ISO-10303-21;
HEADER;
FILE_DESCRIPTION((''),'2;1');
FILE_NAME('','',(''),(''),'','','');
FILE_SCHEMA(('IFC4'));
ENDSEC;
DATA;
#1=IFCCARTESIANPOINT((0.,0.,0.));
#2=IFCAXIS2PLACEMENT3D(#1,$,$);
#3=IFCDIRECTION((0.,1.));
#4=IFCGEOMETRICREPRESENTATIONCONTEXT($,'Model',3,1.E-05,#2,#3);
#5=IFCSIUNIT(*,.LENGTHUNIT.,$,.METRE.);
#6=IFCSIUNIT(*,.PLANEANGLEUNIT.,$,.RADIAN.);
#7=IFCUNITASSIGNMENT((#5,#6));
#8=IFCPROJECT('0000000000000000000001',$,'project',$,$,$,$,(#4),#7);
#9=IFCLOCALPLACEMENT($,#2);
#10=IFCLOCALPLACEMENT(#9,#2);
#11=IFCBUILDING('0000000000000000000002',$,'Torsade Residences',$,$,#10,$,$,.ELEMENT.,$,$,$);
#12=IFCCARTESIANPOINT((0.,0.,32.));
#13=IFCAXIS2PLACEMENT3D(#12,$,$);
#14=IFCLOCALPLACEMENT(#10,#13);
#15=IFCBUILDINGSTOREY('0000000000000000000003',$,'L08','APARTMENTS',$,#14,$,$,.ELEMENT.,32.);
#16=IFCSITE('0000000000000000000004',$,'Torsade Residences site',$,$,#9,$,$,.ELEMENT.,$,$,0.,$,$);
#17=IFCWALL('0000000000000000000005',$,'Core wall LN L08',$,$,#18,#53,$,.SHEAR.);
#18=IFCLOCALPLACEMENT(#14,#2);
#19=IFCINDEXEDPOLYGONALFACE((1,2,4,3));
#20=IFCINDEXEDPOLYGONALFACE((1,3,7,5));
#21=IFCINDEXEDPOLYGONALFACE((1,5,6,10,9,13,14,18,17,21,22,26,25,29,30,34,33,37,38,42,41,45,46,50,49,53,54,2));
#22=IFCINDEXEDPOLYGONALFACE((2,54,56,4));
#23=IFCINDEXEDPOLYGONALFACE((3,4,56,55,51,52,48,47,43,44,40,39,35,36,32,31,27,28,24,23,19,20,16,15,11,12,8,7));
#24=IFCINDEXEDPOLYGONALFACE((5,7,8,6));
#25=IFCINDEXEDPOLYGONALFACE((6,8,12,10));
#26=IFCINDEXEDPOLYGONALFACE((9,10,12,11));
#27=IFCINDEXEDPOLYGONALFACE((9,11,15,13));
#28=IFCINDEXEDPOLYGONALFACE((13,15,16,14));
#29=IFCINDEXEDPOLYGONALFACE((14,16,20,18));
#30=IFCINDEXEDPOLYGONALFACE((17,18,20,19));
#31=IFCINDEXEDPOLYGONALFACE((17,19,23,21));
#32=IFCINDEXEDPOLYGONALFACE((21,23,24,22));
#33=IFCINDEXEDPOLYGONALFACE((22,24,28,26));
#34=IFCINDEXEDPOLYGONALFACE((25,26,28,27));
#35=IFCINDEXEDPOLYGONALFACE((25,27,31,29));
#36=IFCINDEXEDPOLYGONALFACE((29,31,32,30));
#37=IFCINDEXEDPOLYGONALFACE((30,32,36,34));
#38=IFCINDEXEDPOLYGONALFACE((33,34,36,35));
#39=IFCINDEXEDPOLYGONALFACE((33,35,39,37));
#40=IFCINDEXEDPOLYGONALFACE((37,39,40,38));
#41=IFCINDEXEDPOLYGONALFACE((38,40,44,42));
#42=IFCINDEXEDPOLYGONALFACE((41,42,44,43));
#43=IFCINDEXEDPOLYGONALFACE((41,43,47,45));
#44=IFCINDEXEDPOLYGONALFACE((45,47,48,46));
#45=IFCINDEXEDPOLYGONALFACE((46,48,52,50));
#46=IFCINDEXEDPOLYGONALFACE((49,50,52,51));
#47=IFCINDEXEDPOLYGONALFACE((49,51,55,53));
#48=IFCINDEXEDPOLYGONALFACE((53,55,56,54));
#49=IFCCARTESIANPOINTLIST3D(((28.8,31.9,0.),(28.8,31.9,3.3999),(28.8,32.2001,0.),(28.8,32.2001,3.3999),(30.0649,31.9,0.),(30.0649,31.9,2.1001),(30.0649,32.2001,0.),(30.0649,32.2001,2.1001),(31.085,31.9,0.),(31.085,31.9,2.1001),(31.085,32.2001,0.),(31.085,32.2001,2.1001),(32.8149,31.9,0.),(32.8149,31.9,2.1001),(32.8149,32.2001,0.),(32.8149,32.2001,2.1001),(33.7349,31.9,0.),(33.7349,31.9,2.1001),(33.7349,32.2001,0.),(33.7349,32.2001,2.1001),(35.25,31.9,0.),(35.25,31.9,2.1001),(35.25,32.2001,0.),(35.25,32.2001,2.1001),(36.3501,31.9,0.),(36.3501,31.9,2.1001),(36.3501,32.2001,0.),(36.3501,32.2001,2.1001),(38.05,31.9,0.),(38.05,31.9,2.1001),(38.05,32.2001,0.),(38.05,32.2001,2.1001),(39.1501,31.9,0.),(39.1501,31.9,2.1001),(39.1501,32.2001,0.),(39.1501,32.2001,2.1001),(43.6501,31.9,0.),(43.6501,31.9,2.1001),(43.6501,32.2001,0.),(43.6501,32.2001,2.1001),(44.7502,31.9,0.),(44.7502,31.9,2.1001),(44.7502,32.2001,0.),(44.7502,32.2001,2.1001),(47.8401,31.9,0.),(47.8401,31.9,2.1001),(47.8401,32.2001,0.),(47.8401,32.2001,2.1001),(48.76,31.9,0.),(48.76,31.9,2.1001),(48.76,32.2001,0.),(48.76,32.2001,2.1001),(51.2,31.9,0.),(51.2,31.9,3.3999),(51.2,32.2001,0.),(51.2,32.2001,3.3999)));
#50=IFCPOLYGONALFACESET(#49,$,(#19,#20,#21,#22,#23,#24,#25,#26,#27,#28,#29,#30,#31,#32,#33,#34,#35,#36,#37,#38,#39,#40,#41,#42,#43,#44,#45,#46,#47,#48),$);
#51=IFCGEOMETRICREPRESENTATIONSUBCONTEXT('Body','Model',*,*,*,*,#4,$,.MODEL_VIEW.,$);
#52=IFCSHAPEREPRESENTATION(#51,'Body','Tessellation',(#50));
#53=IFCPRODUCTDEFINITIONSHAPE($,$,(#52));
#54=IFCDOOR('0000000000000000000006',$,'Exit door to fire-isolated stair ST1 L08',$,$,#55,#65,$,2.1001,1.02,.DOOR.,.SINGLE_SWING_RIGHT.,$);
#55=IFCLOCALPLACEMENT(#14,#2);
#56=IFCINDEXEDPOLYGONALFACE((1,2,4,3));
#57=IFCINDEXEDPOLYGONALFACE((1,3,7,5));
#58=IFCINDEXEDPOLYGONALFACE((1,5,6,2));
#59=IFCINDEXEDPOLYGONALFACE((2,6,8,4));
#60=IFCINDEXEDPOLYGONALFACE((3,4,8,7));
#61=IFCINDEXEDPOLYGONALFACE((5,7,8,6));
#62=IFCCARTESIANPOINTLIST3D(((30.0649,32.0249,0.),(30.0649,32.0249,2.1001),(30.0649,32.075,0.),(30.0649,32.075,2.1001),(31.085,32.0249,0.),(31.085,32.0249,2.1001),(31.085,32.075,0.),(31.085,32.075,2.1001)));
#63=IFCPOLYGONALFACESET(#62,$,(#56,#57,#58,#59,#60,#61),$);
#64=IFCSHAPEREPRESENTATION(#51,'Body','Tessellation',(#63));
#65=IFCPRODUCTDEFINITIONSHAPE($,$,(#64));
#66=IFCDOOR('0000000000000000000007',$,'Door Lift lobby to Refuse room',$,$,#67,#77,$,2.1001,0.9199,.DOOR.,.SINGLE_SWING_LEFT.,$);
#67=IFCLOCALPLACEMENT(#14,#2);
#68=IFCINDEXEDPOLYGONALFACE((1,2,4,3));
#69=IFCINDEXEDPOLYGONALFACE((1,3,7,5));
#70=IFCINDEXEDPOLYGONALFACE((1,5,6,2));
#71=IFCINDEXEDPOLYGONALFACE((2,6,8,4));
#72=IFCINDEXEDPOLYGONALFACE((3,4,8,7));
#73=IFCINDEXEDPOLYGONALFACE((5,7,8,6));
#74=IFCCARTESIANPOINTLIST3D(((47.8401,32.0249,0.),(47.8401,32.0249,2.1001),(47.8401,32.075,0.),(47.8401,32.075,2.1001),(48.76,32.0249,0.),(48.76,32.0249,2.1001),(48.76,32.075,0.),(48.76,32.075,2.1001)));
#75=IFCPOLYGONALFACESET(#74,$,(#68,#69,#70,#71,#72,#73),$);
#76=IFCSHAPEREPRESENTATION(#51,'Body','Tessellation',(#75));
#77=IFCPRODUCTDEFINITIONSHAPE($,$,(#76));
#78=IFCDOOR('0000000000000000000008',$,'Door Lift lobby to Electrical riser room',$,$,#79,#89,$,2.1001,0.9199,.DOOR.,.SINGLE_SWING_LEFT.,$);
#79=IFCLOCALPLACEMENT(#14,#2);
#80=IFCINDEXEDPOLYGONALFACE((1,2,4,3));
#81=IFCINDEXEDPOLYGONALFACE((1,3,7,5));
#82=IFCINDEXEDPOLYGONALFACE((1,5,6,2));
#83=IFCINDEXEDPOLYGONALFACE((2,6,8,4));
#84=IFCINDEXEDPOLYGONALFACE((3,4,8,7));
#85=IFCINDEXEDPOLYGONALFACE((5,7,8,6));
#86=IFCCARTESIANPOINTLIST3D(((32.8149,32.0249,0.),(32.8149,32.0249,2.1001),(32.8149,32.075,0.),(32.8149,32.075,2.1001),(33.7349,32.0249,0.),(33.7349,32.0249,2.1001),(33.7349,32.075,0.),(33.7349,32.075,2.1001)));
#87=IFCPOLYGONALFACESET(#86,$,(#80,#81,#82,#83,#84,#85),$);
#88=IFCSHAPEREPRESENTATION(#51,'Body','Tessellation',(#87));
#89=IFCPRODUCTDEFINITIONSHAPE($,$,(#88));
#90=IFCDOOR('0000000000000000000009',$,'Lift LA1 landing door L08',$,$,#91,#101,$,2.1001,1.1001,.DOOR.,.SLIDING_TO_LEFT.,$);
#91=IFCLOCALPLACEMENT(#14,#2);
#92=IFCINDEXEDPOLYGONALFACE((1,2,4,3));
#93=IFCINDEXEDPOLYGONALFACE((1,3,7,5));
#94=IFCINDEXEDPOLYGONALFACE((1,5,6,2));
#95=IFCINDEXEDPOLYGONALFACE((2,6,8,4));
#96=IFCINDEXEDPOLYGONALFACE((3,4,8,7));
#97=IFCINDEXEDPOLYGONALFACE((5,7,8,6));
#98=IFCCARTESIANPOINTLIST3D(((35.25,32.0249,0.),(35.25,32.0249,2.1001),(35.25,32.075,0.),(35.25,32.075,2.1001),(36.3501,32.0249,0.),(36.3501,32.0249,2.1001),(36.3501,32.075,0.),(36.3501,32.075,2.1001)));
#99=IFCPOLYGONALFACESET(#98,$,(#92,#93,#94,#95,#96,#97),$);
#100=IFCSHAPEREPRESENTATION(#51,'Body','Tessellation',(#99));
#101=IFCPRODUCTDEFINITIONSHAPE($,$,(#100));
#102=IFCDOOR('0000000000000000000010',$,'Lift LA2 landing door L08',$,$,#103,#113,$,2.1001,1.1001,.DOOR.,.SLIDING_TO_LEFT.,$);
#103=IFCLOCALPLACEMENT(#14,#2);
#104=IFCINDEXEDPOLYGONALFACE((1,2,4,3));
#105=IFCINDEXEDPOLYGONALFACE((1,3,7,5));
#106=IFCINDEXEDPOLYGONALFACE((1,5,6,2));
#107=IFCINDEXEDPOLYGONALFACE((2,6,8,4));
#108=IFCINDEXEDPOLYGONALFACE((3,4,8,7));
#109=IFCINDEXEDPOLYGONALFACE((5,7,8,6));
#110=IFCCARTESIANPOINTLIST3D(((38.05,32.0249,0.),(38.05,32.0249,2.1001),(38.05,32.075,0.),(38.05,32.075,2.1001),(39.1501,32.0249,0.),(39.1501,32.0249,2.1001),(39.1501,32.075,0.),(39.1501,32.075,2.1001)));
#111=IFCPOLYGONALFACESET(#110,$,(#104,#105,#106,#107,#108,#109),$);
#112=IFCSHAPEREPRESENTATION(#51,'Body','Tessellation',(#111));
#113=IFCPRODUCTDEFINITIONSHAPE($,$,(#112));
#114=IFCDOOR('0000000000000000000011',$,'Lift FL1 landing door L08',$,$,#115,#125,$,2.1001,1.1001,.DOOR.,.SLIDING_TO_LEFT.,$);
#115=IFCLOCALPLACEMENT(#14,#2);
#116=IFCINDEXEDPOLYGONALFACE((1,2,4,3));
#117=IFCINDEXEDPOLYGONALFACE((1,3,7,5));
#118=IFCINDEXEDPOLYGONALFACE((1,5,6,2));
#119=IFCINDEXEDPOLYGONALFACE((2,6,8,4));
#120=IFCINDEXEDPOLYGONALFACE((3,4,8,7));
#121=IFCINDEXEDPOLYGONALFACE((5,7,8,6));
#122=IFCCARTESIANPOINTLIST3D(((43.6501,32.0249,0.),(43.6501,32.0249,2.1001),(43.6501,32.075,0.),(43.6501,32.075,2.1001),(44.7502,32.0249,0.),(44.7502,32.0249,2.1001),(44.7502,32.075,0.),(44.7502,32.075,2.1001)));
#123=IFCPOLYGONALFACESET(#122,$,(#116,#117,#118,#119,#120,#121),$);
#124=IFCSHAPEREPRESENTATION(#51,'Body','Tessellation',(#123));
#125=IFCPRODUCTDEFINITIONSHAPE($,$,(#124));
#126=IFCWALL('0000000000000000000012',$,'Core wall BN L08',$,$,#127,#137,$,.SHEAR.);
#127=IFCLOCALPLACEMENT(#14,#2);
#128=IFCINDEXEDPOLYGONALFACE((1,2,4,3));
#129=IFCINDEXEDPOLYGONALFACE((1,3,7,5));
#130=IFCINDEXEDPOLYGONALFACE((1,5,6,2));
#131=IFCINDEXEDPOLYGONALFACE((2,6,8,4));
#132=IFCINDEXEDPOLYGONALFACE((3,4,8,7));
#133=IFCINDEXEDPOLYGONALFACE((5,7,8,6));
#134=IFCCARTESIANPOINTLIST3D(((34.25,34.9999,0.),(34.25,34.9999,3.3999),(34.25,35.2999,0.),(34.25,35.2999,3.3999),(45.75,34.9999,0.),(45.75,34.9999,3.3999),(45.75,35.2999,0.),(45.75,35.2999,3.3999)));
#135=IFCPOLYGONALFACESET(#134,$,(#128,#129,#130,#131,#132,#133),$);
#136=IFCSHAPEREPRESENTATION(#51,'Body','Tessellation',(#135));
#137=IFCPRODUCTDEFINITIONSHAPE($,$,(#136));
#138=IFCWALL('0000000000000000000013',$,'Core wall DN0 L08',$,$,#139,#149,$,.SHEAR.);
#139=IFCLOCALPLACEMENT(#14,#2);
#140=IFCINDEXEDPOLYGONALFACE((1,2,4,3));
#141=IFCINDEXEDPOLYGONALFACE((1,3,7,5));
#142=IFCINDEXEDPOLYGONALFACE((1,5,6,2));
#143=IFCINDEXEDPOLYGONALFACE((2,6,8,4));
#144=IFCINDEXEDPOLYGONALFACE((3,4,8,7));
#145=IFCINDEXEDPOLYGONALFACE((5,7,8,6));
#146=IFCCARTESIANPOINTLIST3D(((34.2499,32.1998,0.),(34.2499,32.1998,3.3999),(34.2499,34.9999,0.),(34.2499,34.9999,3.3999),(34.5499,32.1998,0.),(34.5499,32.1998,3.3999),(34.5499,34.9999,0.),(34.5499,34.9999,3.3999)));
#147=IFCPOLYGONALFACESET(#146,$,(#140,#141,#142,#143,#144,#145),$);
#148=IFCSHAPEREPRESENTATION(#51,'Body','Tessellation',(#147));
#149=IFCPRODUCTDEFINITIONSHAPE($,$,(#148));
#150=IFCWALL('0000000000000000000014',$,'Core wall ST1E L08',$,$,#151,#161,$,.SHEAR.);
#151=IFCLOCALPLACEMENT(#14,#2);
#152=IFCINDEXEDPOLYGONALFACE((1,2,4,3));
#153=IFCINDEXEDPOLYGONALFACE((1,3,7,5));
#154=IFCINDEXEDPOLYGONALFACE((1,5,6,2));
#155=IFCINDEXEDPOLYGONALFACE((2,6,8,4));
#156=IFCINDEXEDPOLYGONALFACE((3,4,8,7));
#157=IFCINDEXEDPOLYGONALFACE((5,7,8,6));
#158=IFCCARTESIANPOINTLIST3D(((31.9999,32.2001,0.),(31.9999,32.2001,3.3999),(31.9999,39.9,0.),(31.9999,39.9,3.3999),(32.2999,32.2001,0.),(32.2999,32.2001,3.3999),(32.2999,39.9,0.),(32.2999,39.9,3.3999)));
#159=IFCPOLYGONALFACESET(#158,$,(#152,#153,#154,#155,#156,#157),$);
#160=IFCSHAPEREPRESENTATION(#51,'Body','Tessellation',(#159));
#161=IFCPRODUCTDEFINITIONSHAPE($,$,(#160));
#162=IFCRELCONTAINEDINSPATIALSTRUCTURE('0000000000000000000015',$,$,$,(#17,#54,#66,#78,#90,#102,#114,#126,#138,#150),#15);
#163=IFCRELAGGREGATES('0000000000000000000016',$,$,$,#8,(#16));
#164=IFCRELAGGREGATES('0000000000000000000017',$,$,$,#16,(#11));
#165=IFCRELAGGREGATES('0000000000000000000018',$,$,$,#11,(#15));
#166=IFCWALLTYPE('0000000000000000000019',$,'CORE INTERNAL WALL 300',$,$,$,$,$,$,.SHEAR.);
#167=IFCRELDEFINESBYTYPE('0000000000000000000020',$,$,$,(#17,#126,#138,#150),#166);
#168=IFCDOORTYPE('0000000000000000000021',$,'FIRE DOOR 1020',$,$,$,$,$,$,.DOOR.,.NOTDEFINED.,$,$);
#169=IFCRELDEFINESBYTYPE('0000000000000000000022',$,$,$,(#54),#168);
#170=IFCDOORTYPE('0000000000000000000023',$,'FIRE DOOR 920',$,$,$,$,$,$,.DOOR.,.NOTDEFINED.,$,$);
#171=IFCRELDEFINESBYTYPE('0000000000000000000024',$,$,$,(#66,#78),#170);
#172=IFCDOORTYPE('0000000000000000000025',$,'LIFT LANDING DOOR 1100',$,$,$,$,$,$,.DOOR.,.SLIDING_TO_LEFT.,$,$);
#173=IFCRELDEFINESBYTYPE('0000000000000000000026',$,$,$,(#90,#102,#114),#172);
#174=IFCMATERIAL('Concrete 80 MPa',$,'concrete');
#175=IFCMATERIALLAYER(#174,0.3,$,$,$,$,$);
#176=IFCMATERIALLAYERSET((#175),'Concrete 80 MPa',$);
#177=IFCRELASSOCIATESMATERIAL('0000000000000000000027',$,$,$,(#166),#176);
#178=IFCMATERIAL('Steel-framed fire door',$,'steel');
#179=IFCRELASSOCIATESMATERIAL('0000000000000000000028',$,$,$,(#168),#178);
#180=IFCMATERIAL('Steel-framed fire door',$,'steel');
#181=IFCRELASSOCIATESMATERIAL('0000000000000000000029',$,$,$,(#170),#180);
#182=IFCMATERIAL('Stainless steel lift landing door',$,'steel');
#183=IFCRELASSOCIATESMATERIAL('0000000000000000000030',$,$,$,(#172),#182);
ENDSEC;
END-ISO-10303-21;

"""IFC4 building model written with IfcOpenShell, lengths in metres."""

from ifc_helpers import new_model, si_unit, direction, frame, frame_2d, origin, place, context, subcontext, project, spatial, rectangle, extrude, material, layer, layer_set, type_object, element, fill, save


model = new_model("IFC4")

# Units and contexts
model_context = context("Model", 3, precision=1e-05, world=origin(), true_north=direction((0.0, 1.0)))
body_context = subcontext(model_context, "Body", "Model", "MODEL_VIEW")
ifc_project = project(units=[si_unit("LENGTHUNIT", "METRE"), si_unit("PLANEANGLEUNIT", "RADIAN")], contexts=[model_context])

# Site, building, storey
site_placement = place(None, origin())
site = spatial("IfcSite", under=ifc_project, at=site_placement, Name="Torsade Residences site", CompositionType="ELEMENT", RefElevation=0.0)
building_placement = place(site_placement, origin())
building = spatial("IfcBuilding", under=site, at=building_placement, Name="Torsade Residences", CompositionType="ELEMENT")
storey_placement = place(building_placement, frame((0.0, 0.0, 32.0)))
storey = spatial("IfcBuildingStorey", under=building, at=storey_placement, Name="L08", Description="APARTMENTS", CompositionType="ELEMENT", Elevation=32.0)

# Wall, openings, doors
ifc_material_1 = material(Name="Concrete 80 MPa", Category="concrete")
ifc_layer_1 = layer(ifc_material_1, 0.3)
ifc_layer_set_1 = layer_set([ifc_layer_1], Name="Concrete 80 MPa")
wall_type_1 = type_object("IfcWallType", Name="CORE INTERNAL WALL 300", PredefinedType="SHEAR", material=ifc_layer_set_1)
wall_1_placement = place(storey_placement, frame((28.8, 32.05, 0.0), z_axis=(0.0, 0.0, 1.0), x_axis=(1.0, 0.0, 0.0)))
wall_1 = element("IfcWall", 1, at=wall_1_placement, inside=storey, type_object=wall_type_1, Name="Core wall LN L08", PredefinedType="SHEAR", context=body_context, shape_type="SweptSolid", body=[
    extrude(rectangle(XDim=22.3999, YDim=0.3, at=frame_2d((11.2, 0.0))), origin(), (0.0, 0.0, 1.0), 3.3999),
])
opening_1_placement = place(wall_1_placement, frame((19.04, 0.0, 0.0)))
opening_1 = element("IfcOpeningElement", 2, at=opening_1_placement, cuts=wall_1, PredefinedType="OPENING", context=body_context, shape_type="SweptSolid", body=[
    extrude(rectangle(XDim=0.9199, YDim=2.1001, at=frame_2d((0.46, 1.05))), frame((0.0, 0.1599, 0.0), z_axis=(0.0, -1.0, 0.0), x_axis=(1.0, 0.0, 0.0)), (0.0, 0.0, 1.0), 0.3201),
])
opening_2_placement = place(wall_1_placement, frame((1.2649, 0.0, 0.0)))
opening_2 = element("IfcOpeningElement", 3, at=opening_2_placement, cuts=wall_1, PredefinedType="OPENING", context=body_context, shape_type="SweptSolid", body=[
    extrude(rectangle(XDim=1.02, YDim=2.1001, at=frame_2d((0.51, 1.05))), frame((0.0, 0.1599, 0.0), z_axis=(0.0, -1.0, 0.0), x_axis=(1.0, 0.0, 0.0)), (0.0, 0.0, 1.0), 0.3201),
])
opening_3_placement = place(wall_1_placement, frame((4.0149, 0.0, 0.0)))
opening_3 = element("IfcOpeningElement", 4, at=opening_3_placement, cuts=wall_1, PredefinedType="OPENING", context=body_context, shape_type="SweptSolid", body=[
    extrude(rectangle(XDim=0.9199, YDim=2.1001, at=frame_2d((0.46, 1.05))), frame((0.0, 0.1599, 0.0), z_axis=(0.0, -1.0, 0.0), x_axis=(1.0, 0.0, 0.0)), (0.0, 0.0, 1.0), 0.3201),
])
opening_4_placement = place(wall_1_placement, frame((6.45, 0.0, 0.0)))
opening_4 = element("IfcOpeningElement", 5, at=opening_4_placement, cuts=wall_1, PredefinedType="OPENING", context=body_context, shape_type="SweptSolid", body=[
    extrude(rectangle(XDim=1.1001, YDim=2.1001, at=frame_2d((0.55, 1.05))), frame((0.0, 0.1599, 0.0), z_axis=(0.0, -1.0, 0.0), x_axis=(1.0, 0.0, 0.0)), (0.0, 0.0, 1.0), 0.3201),
])
opening_5_placement = place(wall_1_placement, frame((9.25, 0.0, 0.0)))
opening_5 = element("IfcOpeningElement", 6, at=opening_5_placement, cuts=wall_1, PredefinedType="OPENING", context=body_context, shape_type="SweptSolid", body=[
    extrude(rectangle(XDim=1.1001, YDim=2.1001, at=frame_2d((0.55, 1.05))), frame((0.0, 0.1599, 0.0), z_axis=(0.0, -1.0, 0.0), x_axis=(1.0, 0.0, 0.0)), (0.0, 0.0, 1.0), 0.3201),
])
opening_6_placement = place(wall_1_placement, frame((14.8501, 0.0, 0.0)))
opening_6 = element("IfcOpeningElement", 7, at=opening_6_placement, cuts=wall_1, PredefinedType="OPENING", context=body_context, shape_type="SweptSolid", body=[
    extrude(rectangle(XDim=1.1001, YDim=2.1001, at=frame_2d((0.55, 1.05))), frame((0.0, 0.1599, 0.0), z_axis=(0.0, -1.0, 0.0), x_axis=(1.0, 0.0, 0.0)), (0.0, 0.0, 1.0), 0.3201),
])
ifc_material_2 = material(Name="Steel-framed fire door", Category="steel")
door_type_1 = type_object("IfcDoorType", Name="FIRE DOOR 1020", OperationType="NOTDEFINED", PredefinedType="DOOR", material=ifc_material_2)
door_1_placement = place(opening_2_placement, origin())
door_1 = element("IfcDoor", 8, at=door_1_placement, inside=storey, type_object=door_type_1, Name="Exit door to fire-isolated stair ST1 L08", OperationType="SINGLE_SWING_RIGHT", OverallHeight=2.1001, OverallWidth=1.02, PredefinedType="DOOR", context=body_context, shape_type="SweptSolid", body=[
    extrude(rectangle(XDim=1.02, YDim=2.1001, at=frame_2d((0.51, 1.05))), frame((0.0, 0.0249, 0.0), z_axis=(0.0, -1.0, 0.0), x_axis=(1.0, 0.0, 0.0)), (0.0, 0.0, 1.0), 0.05),
])
fill(opening_2, door_1)
ifc_material_3 = material(Name="Steel-framed fire door", Category="steel")
door_type_2 = type_object("IfcDoorType", Name="FIRE DOOR 920", OperationType="NOTDEFINED", PredefinedType="DOOR", material=ifc_material_3)
door_2_placement = place(opening_1_placement, origin())
door_2 = element("IfcDoor", 9, at=door_2_placement, inside=storey, type_object=door_type_2, Name="Door Lift lobby to Refuse room", OperationType="SINGLE_SWING_LEFT", OverallHeight=2.1001, OverallWidth=0.9199, PredefinedType="DOOR", context=body_context, shape_type="SweptSolid", body=[
    extrude(rectangle(XDim=0.9199, YDim=2.1001, at=frame_2d((0.46, 1.05))), frame((0.0, 0.0249, 0.0), z_axis=(0.0, -1.0, 0.0), x_axis=(1.0, 0.0, 0.0)), (0.0, 0.0, 1.0), 0.05),
])
fill(opening_1, door_2)
door_3_placement = place(opening_3_placement, origin())
door_3 = element("IfcDoor", 10, at=door_3_placement, inside=storey, type_object=door_type_2, Name="Door Lift lobby to Electrical riser room", OperationType="SINGLE_SWING_LEFT", OverallHeight=2.1001, OverallWidth=0.9199, PredefinedType="DOOR", context=body_context, shape_type="SweptSolid", body=[
    extrude(rectangle(XDim=0.9199, YDim=2.1001, at=frame_2d((0.46, 1.05))), frame((0.0, 0.0249, 0.0), z_axis=(0.0, -1.0, 0.0), x_axis=(1.0, 0.0, 0.0)), (0.0, 0.0, 1.0), 0.05),
])
fill(opening_3, door_3)
ifc_material_4 = material(Name="Stainless steel lift landing door", Category="steel")
door_type_3 = type_object("IfcDoorType", Name="LIFT LANDING DOOR 1100", OperationType="SLIDING_TO_LEFT", PredefinedType="DOOR", material=ifc_material_4)
door_4_placement = place(opening_4_placement, origin())
door_4 = element("IfcDoor", 11, at=door_4_placement, inside=storey, type_object=door_type_3, Name="Lift LA1 landing door L08", OperationType="SLIDING_TO_LEFT", OverallHeight=2.1001, OverallWidth=1.1001, PredefinedType="DOOR", context=body_context, shape_type="SweptSolid", body=[
    extrude(rectangle(XDim=1.1001, YDim=2.1001, at=frame_2d((0.55, 1.05))), frame((0.0, 0.0249, 0.0), z_axis=(0.0, -1.0, 0.0), x_axis=(1.0, 0.0, 0.0)), (0.0, 0.0, 1.0), 0.05),
])
fill(opening_4, door_4)
door_5_placement = place(opening_5_placement, origin())
door_5 = element("IfcDoor", 12, at=door_5_placement, inside=storey, type_object=door_type_3, Name="Lift LA2 landing door L08", OperationType="SLIDING_TO_LEFT", OverallHeight=2.1001, OverallWidth=1.1001, PredefinedType="DOOR", context=body_context, shape_type="SweptSolid", body=[
    extrude(rectangle(XDim=1.1001, YDim=2.1001, at=frame_2d((0.55, 1.05))), frame((0.0, 0.0249, 0.0), z_axis=(0.0, -1.0, 0.0), x_axis=(1.0, 0.0, 0.0)), (0.0, 0.0, 1.0), 0.05),
])
fill(opening_5, door_5)
door_6_placement = place(opening_6_placement, origin())
door_6 = element("IfcDoor", 13, at=door_6_placement, inside=storey, type_object=door_type_3, Name="Lift FL1 landing door L08", OperationType="SLIDING_TO_LEFT", OverallHeight=2.1001, OverallWidth=1.1001, PredefinedType="DOOR", context=body_context, shape_type="SweptSolid", body=[
    extrude(rectangle(XDim=1.1001, YDim=2.1001, at=frame_2d((0.55, 1.05))), frame((0.0, 0.0249, 0.0), z_axis=(0.0, -1.0, 0.0), x_axis=(1.0, 0.0, 0.0)), (0.0, 0.0, 1.0), 0.05),
])
fill(opening_6, door_6)

# Walls
wall_2_placement = place(storey_placement, frame((34.25, 35.1499, 0.0), z_axis=(0.0, 0.0, 1.0), x_axis=(1.0, 0.0, 0.0)))
element("IfcWall", 14, at=wall_2_placement, inside=storey, type_object=wall_type_1, Name="Core wall BN L08", PredefinedType="SHEAR", context=body_context, shape_type="SweptSolid", body=[
    extrude(rectangle(XDim=11.5, YDim=0.3, at=frame_2d((5.75, 0.0))), origin(), (0.0, 0.0, 1.0), 3.3999),
])
wall_3_placement = place(storey_placement, frame((34.3999, 32.2, 0.0), z_axis=(0.0, 0.0, 1.0), x_axis=(0.0, 1.0, 0.0)))
element("IfcWall", 15, at=wall_3_placement, inside=storey, type_object=wall_type_1, Name="Core wall DN0 L08", PredefinedType="SHEAR", context=body_context, shape_type="SweptSolid", body=[
    extrude(rectangle(XDim=2.8, YDim=0.3, at=frame_2d((1.3999, 0.0))), origin(), (0.0, 0.0, 1.0), 3.3999),
])
wall_4_placement = place(storey_placement, frame((32.1499, 32.2, 0.0), z_axis=(0.0, 0.0, 1.0), x_axis=(0.0, 1.0, 0.0)))
element("IfcWall", 16, at=wall_4_placement, inside=storey, type_object=wall_type_1, Name="Core wall ST1E L08", PredefinedType="SHEAR", context=body_context, shape_type="SweptSolid", body=[
    extrude(rectangle(XDim=7.7, YDim=0.3, at=frame_2d((3.8501, 0.0))), origin(), (0.0, 0.0, 1.0), 3.3999),
])

save(model, "model.ifc")
